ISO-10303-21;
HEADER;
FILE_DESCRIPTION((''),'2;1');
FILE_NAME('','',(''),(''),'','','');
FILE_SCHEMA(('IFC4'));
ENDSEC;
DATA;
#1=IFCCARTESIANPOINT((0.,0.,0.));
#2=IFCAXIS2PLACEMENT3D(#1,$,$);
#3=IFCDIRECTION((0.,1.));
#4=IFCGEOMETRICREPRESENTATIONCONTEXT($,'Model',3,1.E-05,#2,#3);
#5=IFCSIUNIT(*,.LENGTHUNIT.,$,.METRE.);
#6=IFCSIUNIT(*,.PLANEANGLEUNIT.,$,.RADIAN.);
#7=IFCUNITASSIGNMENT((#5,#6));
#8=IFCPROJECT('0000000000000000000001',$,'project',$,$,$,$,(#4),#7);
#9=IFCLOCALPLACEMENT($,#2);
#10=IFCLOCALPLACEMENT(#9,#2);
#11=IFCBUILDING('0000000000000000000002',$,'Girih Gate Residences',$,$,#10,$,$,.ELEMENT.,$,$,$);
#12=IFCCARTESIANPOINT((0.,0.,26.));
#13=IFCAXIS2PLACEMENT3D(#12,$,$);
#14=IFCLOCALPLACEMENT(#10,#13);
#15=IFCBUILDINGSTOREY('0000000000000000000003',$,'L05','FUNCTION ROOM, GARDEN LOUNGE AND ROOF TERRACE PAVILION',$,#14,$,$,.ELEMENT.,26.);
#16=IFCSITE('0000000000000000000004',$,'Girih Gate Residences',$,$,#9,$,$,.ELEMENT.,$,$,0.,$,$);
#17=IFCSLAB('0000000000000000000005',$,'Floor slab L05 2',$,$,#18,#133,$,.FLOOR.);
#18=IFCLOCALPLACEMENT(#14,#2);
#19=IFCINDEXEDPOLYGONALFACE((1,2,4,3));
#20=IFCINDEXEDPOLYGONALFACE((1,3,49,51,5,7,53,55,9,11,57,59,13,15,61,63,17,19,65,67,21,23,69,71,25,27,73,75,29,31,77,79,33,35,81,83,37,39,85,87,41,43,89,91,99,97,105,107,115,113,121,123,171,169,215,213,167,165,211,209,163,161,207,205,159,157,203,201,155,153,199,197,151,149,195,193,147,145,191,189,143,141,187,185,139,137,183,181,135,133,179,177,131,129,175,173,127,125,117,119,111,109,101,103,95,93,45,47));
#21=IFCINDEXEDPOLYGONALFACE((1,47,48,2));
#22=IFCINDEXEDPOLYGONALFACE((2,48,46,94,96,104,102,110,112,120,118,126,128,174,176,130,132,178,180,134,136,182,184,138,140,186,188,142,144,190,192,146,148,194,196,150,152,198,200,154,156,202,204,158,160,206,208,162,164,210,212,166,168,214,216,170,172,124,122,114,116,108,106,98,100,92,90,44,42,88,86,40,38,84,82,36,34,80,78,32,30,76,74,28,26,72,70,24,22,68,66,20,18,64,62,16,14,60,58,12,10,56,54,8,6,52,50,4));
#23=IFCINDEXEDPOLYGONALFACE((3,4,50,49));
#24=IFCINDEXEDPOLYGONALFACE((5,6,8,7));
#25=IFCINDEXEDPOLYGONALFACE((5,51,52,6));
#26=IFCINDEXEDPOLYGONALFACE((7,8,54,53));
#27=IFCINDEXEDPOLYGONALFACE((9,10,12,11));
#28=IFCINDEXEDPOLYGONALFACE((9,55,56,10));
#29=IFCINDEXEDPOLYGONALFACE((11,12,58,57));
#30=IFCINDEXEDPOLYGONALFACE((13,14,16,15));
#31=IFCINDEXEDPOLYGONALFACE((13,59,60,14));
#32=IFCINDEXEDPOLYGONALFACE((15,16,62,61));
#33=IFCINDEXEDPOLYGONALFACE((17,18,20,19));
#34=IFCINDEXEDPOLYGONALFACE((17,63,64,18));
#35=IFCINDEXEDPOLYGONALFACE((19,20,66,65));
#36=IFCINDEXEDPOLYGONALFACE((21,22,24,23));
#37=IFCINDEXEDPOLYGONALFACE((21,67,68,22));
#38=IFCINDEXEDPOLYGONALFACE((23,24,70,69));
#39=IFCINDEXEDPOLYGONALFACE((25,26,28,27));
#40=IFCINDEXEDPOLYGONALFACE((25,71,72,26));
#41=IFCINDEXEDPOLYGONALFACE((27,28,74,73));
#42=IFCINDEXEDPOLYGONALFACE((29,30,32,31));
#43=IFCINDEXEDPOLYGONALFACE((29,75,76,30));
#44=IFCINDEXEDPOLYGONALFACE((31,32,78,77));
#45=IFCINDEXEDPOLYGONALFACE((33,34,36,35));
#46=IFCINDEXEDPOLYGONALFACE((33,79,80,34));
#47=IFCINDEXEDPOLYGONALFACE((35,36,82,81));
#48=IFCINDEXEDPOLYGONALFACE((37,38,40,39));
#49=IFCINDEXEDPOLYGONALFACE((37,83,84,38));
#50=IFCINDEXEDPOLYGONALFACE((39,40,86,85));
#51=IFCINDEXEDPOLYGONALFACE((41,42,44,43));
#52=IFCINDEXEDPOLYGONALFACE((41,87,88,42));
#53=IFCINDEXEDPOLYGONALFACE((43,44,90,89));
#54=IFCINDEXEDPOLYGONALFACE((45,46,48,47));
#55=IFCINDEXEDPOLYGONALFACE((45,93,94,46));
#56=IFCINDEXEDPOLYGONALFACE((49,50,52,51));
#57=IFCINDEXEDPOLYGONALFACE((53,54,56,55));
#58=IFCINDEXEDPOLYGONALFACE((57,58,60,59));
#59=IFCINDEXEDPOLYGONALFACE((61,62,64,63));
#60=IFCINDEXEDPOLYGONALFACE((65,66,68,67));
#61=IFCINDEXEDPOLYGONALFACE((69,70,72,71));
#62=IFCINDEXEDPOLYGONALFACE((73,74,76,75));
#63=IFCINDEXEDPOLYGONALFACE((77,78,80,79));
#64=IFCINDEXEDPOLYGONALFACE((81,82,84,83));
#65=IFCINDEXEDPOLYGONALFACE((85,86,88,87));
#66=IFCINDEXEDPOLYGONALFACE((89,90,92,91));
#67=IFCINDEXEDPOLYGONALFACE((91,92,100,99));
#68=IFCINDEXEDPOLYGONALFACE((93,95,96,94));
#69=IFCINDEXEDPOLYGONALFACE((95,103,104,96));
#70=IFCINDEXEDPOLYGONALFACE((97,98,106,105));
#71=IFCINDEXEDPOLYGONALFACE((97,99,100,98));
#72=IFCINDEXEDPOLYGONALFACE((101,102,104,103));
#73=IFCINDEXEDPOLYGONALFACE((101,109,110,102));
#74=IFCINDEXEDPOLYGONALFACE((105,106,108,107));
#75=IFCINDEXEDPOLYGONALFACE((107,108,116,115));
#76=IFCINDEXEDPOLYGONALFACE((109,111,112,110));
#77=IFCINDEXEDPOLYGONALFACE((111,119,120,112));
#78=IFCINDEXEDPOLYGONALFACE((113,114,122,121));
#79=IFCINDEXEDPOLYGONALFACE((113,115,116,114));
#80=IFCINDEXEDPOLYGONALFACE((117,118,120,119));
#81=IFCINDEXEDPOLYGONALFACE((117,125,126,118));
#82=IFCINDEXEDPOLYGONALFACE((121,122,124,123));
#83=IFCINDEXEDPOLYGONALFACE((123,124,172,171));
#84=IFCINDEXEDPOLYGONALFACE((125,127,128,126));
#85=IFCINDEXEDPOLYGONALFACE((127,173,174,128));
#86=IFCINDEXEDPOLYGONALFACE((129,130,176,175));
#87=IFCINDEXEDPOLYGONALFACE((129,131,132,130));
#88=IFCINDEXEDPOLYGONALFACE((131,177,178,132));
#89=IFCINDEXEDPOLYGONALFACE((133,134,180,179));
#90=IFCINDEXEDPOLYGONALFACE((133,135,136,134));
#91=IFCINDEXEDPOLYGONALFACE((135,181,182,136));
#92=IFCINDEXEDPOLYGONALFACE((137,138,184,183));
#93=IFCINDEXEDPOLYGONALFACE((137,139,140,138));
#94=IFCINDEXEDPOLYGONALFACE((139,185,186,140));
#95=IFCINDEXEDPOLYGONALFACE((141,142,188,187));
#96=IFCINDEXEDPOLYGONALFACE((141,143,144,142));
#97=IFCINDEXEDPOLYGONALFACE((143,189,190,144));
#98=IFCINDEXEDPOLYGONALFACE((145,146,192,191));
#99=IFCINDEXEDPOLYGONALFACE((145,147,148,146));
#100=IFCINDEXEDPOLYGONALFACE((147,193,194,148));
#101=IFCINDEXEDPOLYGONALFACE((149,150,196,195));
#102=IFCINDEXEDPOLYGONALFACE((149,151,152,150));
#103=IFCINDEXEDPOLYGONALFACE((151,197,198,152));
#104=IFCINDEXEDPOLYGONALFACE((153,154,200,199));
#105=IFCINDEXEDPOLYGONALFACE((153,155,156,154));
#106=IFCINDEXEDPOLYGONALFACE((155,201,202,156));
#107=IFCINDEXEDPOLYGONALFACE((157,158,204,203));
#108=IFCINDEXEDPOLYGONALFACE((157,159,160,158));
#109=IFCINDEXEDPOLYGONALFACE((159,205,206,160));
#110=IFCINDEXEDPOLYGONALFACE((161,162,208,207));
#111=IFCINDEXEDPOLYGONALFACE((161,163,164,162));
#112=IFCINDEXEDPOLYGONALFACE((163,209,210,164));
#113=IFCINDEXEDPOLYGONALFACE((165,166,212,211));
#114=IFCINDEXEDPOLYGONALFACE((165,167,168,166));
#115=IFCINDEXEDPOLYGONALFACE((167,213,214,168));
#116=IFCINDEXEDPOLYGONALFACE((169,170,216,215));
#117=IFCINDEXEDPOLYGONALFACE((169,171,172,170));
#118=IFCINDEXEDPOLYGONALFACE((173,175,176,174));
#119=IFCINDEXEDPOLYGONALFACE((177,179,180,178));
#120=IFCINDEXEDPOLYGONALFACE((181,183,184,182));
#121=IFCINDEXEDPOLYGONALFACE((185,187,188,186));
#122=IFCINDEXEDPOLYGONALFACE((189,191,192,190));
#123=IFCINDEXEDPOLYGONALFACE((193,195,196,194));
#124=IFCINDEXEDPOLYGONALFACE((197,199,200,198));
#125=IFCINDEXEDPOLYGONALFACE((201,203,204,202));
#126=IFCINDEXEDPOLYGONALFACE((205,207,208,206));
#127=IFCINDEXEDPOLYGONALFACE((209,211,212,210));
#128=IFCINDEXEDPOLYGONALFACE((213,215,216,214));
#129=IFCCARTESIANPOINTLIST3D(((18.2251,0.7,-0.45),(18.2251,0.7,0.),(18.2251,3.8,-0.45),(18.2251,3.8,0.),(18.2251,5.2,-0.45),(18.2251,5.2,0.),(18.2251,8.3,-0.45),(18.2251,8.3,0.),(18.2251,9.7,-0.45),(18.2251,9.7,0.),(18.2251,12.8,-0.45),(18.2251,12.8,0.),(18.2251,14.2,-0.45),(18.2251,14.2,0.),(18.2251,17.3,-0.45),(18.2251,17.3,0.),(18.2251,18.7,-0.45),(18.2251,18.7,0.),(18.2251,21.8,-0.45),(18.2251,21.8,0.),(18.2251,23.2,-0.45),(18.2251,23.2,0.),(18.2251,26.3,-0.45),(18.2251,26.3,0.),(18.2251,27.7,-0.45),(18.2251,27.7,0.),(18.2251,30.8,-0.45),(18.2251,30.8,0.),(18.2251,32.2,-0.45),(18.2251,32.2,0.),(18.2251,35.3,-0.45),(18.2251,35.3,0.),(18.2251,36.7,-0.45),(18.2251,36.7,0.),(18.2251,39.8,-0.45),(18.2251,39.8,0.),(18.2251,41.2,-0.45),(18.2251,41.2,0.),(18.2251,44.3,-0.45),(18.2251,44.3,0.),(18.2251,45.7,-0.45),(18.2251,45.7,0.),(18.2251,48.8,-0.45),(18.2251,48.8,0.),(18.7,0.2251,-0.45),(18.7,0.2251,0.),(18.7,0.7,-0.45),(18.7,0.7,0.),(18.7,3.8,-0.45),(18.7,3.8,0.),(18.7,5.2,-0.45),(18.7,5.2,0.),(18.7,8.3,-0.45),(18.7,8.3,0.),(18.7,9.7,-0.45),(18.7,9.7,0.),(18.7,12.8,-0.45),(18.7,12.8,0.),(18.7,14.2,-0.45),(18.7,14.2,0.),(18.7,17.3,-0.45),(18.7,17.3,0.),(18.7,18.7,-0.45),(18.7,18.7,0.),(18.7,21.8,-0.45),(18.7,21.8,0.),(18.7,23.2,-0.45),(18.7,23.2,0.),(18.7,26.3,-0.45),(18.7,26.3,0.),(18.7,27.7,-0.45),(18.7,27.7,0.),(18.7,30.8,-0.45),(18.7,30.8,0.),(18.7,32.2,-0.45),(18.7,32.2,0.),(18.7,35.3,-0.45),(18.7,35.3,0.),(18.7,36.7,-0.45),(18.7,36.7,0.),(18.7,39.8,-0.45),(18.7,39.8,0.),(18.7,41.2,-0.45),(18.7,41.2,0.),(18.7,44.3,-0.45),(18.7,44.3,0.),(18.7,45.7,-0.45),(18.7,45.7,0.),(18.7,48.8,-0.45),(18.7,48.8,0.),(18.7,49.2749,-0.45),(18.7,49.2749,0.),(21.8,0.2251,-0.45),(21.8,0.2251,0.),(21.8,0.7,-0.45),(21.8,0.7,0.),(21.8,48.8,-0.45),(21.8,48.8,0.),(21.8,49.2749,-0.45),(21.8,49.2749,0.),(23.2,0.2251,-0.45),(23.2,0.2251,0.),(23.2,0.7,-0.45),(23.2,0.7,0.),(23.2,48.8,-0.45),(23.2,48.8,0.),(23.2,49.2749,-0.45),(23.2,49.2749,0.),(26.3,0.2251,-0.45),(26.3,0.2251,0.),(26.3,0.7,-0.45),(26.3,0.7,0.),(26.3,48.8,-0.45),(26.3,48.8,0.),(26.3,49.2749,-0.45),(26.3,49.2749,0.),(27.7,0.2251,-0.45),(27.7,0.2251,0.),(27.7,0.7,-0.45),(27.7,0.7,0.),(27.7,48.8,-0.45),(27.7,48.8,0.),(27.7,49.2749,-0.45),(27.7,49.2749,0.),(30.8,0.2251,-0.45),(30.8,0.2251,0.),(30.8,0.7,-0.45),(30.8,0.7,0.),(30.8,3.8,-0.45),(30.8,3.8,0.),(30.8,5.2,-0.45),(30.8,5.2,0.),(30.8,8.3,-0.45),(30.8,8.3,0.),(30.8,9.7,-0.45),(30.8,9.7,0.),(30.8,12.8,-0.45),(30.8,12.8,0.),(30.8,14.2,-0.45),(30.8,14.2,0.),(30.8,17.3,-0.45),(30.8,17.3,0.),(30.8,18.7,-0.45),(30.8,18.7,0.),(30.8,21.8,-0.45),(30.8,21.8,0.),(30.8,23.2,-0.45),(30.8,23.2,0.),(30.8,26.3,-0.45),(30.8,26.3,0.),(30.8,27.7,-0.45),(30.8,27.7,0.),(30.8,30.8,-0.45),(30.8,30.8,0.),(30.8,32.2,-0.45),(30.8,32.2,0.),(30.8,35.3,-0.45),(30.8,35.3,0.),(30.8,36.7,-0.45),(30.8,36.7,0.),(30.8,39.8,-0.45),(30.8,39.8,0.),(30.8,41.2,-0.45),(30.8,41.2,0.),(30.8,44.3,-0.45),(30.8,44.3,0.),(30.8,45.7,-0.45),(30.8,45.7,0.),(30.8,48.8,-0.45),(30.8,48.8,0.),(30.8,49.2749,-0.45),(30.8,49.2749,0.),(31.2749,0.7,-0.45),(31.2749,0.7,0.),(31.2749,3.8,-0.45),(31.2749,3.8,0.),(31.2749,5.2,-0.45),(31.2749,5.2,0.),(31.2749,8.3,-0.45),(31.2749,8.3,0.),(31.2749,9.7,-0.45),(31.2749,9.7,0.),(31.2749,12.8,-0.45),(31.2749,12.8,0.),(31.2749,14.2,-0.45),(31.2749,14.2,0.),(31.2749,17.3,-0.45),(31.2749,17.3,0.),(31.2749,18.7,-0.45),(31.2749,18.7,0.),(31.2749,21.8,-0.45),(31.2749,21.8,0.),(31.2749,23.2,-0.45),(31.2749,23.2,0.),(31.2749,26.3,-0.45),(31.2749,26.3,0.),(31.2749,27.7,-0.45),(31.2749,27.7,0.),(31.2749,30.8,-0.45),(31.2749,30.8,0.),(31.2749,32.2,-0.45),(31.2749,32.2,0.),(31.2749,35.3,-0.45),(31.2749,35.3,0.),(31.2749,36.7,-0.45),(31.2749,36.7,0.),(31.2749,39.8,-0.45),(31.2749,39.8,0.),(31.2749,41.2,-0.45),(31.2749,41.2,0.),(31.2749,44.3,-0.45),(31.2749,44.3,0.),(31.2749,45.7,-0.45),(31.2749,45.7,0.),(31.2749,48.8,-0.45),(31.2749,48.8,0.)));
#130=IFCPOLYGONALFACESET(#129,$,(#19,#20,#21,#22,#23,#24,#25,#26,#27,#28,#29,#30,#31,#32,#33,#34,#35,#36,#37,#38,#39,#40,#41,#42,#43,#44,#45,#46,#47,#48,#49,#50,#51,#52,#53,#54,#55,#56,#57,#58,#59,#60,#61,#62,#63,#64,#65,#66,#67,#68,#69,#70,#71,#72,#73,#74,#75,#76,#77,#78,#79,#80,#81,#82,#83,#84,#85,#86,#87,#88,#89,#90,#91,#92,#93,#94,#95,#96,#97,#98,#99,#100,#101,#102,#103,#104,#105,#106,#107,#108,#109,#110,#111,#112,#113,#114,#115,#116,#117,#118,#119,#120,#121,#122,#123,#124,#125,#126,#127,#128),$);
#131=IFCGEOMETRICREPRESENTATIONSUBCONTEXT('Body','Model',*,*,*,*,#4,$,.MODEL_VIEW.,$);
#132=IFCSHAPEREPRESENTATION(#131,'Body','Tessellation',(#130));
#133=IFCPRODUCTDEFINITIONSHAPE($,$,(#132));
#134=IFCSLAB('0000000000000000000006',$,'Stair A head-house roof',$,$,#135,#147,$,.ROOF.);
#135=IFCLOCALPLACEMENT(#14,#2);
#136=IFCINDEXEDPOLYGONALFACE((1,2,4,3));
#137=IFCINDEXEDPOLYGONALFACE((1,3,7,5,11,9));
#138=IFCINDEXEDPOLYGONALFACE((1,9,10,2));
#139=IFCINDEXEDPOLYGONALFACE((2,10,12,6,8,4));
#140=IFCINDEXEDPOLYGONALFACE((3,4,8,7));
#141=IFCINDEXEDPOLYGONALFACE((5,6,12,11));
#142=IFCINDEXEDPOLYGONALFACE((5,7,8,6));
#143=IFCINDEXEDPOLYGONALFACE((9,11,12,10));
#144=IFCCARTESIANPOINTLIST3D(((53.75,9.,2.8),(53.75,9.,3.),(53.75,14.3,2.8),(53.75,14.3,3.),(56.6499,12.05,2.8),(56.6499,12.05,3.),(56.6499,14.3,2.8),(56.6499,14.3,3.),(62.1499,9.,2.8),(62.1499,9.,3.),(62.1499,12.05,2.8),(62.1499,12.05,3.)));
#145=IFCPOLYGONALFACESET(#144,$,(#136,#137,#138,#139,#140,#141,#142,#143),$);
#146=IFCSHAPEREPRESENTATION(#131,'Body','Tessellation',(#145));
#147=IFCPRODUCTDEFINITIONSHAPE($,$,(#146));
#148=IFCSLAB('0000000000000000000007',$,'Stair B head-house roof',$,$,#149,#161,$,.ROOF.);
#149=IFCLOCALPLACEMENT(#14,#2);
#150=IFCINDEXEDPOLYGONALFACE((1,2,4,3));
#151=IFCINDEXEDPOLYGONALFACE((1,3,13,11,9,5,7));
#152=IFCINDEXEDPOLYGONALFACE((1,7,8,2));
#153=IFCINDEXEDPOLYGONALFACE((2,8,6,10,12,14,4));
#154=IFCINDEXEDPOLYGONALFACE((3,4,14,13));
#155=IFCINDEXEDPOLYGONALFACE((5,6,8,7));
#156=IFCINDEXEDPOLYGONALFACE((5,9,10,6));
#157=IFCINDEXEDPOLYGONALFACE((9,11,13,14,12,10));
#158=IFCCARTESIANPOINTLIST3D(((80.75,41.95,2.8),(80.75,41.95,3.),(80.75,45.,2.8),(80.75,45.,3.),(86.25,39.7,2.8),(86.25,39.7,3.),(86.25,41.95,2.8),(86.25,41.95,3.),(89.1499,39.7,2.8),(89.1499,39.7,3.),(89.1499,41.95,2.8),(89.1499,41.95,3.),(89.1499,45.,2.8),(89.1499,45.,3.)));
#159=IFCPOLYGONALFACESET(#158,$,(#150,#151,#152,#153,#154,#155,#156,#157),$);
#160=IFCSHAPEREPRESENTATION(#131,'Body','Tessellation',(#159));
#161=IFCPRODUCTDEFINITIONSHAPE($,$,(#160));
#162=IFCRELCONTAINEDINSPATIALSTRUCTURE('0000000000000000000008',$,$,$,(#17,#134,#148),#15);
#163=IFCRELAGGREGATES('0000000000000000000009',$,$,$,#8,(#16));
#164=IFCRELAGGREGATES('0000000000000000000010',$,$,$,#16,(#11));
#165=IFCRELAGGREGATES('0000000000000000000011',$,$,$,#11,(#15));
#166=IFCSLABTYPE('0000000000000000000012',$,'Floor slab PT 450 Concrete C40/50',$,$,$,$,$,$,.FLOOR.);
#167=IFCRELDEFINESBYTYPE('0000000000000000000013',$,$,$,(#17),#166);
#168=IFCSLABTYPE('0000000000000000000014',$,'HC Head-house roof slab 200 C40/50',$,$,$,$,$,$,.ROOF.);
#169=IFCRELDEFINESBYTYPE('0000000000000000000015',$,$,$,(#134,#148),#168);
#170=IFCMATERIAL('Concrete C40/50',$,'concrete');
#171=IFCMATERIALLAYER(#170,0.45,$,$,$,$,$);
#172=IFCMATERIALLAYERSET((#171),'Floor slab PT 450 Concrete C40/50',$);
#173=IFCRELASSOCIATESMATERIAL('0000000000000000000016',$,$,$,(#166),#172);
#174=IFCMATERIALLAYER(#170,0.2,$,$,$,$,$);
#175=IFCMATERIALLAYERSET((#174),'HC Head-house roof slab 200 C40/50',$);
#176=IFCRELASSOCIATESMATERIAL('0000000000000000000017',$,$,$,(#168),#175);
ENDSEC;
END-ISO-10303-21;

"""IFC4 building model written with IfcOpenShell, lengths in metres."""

from ifc_helpers import new_model, si_unit, direction, frame, origin, place, context, subcontext, project, spatial, polyline, outline, extrude, material, layer, layer_set, type_object, element, save


model = new_model("IFC4")

# Units and contexts
model_context = context("Model", 3, precision=1e-05, world=origin(), true_north=direction((0.0, 1.0)))
body_context = subcontext(model_context, "Body", "Model", "MODEL_VIEW")
ifc_project = project(units=[si_unit("LENGTHUNIT", "METRE"), si_unit("PLANEANGLEUNIT", "RADIAN")], contexts=[model_context])

# Site, building, storey
site_placement = place(None, origin())
site = spatial("IfcSite", under=ifc_project, at=site_placement, Name="Girih Gate Residences", CompositionType="ELEMENT", RefElevation=0.0)
building_placement = place(site_placement, origin())
building = spatial("IfcBuilding", under=site, at=building_placement, Name="Girih Gate Residences", CompositionType="ELEMENT")
storey_placement = place(building_placement, frame((0.0, 0.0, 26.0)))
storey = spatial("IfcBuildingStorey", under=building, at=storey_placement, Name="L05", Description="FUNCTION ROOM, GARDEN LOUNGE AND ROOF TERRACE PAVILION", CompositionType="ELEMENT", Elevation=26.0)

# Slabs
ifc_material_1 = material(Name="Concrete C40/50", Category="concrete")
ifc_layer_1 = layer(ifc_material_1, 0.45)
ifc_layer_set_1 = layer_set([ifc_layer_1], Name="Floor slab PT 450 Concrete C40/50")
slab_type_1 = type_object("IfcSlabType", Name="Floor slab PT 450 Concrete C40/50", PredefinedType="FLOOR", material=ifc_layer_set_1)
slab_1_placement = place(storey_placement, frame((0.0, 0.0, -0.45)))
element("IfcSlab", 1, at=slab_1_placement, inside=storey, type_object=slab_type_1, Name="Floor slab L05 2", PredefinedType="FLOOR", context=body_context, shape_type="SweptSolid", body=[
    extrude(outline(polyline([(21.8, 49.2749), (18.7, 49.2749), (18.7, 48.8), (18.2251, 48.8), (18.2251, 45.7), (18.7, 45.7), (18.7, 44.3), (18.2251, 44.3), (18.2251, 41.2), (18.7, 41.2), (18.7, 39.8), (18.2251, 39.8), (18.2251, 36.7), (18.7, 36.7), (18.7, 35.3), (18.2251, 35.3), (18.2251, 32.2), (18.7, 32.2), (18.7, 30.8), (18.2251, 30.8), (18.2251, 27.7), (18.7, 27.7), (18.7, 26.3), (18.2251, 26.3), (18.2251, 23.2), (18.7, 23.2), (18.7, 21.8), (18.2251, 21.8), (18.2251, 18.7), (18.7, 18.7), (18.7, 17.3), (18.2251, 17.3), (18.2251, 14.2), (18.7, 14.2), (18.7, 12.8), (18.2251, 12.8), (18.2251, 9.7), (18.7, 9.7), (18.7, 8.3), (18.2251, 8.3), (18.2251, 5.2), (18.7, 5.2), (18.7, 3.8), (18.2251, 3.8), (18.2251, 0.7), (18.7, 0.7), (18.7, 0.2251), (21.8, 0.2251), (21.8, 0.7), (23.2, 0.7), (23.2, 0.2251), (26.3, 0.2251), (26.3, 0.7), (27.7, 0.7), (27.7, 0.2251), (30.8, 0.2251), (30.8, 0.7), (31.2749, 0.7), (31.2749, 3.8), (30.8, 3.8), (30.8, 5.2), (31.2749, 5.2), (31.2749, 8.3), (30.8, 8.3), (30.8, 9.7), (31.2749, 9.7), (31.2749, 12.8), (30.8, 12.8), (30.8, 14.2), (31.2749, 14.2), (31.2749, 17.3), (30.8, 17.3), (30.8, 18.7), (31.2749, 18.7), (31.2749, 21.8), (30.8, 21.8), (30.8, 23.2), (31.2749, 23.2), (31.2749, 26.3), (30.8, 26.3), (30.8, 27.7), (31.2749, 27.7), (31.2749, 30.8), (30.8, 30.8), (30.8, 32.2), (31.2749, 32.2), (31.2749, 35.3), (30.8, 35.3), (30.8, 36.7), (31.2749, 36.7), (31.2749, 39.8), (30.8, 39.8), (30.8, 41.2), (31.2749, 41.2), (31.2749, 44.3), (30.8, 44.3), (30.8, 45.7), (31.2749, 45.7), (31.2749, 48.8), (30.8, 48.8), (30.8, 49.2749), (27.7, 49.2749), (27.7, 48.8), (26.3, 48.8), (26.3, 49.2749), (23.2, 49.2749), (23.2, 48.8), (21.8, 48.8), (21.8, 49.2749)])), origin(), (0.0, 0.0, 1.0), 0.45),
])
ifc_layer_2 = layer(ifc_material_1, 0.2)
ifc_layer_set_2 = layer_set([ifc_layer_2], Name="HC Head-house roof slab 200 C40/50")
slab_type_2 = type_object("IfcSlabType", Name="HC Head-house roof slab 200 C40/50", PredefinedType="ROOF", material=ifc_layer_set_2)
slab_2_placement = place(storey_placement, frame((0.0, 0.0, 2.8)))
element("IfcSlab", 2, at=slab_2_placement, inside=storey, type_object=slab_type_2, Name="Stair A head-house roof", PredefinedType="ROOF", context=body_context, shape_type="SweptSolid", body=[
    extrude(outline(polyline([(53.75, 9.0), (62.1499, 9.0), (62.1499, 12.05), (56.6499, 12.05), (56.6499, 14.3), (53.75, 14.3), (53.75, 9.0)])), origin(), (0.0, 0.0, 1.0), 0.2),
])
slab_3_placement = place(storey_placement, frame((0.0, 0.0, 2.8)))
element("IfcSlab", 3, at=slab_3_placement, inside=storey, type_object=slab_type_2, Name="Stair B head-house roof", PredefinedType="ROOF", context=body_context, shape_type="SweptSolid", body=[
    extrude(outline(polyline([(80.75, 45.0), (80.75, 41.95), (86.25, 41.95), (86.25, 39.7), (89.1499, 39.7), (89.1499, 41.95), (89.1499, 41.95), (89.1499, 45.0), (80.75, 45.0)])), origin(), (0.0, 0.0, 1.0), 0.2),
])

save(model, "model.ifc")
